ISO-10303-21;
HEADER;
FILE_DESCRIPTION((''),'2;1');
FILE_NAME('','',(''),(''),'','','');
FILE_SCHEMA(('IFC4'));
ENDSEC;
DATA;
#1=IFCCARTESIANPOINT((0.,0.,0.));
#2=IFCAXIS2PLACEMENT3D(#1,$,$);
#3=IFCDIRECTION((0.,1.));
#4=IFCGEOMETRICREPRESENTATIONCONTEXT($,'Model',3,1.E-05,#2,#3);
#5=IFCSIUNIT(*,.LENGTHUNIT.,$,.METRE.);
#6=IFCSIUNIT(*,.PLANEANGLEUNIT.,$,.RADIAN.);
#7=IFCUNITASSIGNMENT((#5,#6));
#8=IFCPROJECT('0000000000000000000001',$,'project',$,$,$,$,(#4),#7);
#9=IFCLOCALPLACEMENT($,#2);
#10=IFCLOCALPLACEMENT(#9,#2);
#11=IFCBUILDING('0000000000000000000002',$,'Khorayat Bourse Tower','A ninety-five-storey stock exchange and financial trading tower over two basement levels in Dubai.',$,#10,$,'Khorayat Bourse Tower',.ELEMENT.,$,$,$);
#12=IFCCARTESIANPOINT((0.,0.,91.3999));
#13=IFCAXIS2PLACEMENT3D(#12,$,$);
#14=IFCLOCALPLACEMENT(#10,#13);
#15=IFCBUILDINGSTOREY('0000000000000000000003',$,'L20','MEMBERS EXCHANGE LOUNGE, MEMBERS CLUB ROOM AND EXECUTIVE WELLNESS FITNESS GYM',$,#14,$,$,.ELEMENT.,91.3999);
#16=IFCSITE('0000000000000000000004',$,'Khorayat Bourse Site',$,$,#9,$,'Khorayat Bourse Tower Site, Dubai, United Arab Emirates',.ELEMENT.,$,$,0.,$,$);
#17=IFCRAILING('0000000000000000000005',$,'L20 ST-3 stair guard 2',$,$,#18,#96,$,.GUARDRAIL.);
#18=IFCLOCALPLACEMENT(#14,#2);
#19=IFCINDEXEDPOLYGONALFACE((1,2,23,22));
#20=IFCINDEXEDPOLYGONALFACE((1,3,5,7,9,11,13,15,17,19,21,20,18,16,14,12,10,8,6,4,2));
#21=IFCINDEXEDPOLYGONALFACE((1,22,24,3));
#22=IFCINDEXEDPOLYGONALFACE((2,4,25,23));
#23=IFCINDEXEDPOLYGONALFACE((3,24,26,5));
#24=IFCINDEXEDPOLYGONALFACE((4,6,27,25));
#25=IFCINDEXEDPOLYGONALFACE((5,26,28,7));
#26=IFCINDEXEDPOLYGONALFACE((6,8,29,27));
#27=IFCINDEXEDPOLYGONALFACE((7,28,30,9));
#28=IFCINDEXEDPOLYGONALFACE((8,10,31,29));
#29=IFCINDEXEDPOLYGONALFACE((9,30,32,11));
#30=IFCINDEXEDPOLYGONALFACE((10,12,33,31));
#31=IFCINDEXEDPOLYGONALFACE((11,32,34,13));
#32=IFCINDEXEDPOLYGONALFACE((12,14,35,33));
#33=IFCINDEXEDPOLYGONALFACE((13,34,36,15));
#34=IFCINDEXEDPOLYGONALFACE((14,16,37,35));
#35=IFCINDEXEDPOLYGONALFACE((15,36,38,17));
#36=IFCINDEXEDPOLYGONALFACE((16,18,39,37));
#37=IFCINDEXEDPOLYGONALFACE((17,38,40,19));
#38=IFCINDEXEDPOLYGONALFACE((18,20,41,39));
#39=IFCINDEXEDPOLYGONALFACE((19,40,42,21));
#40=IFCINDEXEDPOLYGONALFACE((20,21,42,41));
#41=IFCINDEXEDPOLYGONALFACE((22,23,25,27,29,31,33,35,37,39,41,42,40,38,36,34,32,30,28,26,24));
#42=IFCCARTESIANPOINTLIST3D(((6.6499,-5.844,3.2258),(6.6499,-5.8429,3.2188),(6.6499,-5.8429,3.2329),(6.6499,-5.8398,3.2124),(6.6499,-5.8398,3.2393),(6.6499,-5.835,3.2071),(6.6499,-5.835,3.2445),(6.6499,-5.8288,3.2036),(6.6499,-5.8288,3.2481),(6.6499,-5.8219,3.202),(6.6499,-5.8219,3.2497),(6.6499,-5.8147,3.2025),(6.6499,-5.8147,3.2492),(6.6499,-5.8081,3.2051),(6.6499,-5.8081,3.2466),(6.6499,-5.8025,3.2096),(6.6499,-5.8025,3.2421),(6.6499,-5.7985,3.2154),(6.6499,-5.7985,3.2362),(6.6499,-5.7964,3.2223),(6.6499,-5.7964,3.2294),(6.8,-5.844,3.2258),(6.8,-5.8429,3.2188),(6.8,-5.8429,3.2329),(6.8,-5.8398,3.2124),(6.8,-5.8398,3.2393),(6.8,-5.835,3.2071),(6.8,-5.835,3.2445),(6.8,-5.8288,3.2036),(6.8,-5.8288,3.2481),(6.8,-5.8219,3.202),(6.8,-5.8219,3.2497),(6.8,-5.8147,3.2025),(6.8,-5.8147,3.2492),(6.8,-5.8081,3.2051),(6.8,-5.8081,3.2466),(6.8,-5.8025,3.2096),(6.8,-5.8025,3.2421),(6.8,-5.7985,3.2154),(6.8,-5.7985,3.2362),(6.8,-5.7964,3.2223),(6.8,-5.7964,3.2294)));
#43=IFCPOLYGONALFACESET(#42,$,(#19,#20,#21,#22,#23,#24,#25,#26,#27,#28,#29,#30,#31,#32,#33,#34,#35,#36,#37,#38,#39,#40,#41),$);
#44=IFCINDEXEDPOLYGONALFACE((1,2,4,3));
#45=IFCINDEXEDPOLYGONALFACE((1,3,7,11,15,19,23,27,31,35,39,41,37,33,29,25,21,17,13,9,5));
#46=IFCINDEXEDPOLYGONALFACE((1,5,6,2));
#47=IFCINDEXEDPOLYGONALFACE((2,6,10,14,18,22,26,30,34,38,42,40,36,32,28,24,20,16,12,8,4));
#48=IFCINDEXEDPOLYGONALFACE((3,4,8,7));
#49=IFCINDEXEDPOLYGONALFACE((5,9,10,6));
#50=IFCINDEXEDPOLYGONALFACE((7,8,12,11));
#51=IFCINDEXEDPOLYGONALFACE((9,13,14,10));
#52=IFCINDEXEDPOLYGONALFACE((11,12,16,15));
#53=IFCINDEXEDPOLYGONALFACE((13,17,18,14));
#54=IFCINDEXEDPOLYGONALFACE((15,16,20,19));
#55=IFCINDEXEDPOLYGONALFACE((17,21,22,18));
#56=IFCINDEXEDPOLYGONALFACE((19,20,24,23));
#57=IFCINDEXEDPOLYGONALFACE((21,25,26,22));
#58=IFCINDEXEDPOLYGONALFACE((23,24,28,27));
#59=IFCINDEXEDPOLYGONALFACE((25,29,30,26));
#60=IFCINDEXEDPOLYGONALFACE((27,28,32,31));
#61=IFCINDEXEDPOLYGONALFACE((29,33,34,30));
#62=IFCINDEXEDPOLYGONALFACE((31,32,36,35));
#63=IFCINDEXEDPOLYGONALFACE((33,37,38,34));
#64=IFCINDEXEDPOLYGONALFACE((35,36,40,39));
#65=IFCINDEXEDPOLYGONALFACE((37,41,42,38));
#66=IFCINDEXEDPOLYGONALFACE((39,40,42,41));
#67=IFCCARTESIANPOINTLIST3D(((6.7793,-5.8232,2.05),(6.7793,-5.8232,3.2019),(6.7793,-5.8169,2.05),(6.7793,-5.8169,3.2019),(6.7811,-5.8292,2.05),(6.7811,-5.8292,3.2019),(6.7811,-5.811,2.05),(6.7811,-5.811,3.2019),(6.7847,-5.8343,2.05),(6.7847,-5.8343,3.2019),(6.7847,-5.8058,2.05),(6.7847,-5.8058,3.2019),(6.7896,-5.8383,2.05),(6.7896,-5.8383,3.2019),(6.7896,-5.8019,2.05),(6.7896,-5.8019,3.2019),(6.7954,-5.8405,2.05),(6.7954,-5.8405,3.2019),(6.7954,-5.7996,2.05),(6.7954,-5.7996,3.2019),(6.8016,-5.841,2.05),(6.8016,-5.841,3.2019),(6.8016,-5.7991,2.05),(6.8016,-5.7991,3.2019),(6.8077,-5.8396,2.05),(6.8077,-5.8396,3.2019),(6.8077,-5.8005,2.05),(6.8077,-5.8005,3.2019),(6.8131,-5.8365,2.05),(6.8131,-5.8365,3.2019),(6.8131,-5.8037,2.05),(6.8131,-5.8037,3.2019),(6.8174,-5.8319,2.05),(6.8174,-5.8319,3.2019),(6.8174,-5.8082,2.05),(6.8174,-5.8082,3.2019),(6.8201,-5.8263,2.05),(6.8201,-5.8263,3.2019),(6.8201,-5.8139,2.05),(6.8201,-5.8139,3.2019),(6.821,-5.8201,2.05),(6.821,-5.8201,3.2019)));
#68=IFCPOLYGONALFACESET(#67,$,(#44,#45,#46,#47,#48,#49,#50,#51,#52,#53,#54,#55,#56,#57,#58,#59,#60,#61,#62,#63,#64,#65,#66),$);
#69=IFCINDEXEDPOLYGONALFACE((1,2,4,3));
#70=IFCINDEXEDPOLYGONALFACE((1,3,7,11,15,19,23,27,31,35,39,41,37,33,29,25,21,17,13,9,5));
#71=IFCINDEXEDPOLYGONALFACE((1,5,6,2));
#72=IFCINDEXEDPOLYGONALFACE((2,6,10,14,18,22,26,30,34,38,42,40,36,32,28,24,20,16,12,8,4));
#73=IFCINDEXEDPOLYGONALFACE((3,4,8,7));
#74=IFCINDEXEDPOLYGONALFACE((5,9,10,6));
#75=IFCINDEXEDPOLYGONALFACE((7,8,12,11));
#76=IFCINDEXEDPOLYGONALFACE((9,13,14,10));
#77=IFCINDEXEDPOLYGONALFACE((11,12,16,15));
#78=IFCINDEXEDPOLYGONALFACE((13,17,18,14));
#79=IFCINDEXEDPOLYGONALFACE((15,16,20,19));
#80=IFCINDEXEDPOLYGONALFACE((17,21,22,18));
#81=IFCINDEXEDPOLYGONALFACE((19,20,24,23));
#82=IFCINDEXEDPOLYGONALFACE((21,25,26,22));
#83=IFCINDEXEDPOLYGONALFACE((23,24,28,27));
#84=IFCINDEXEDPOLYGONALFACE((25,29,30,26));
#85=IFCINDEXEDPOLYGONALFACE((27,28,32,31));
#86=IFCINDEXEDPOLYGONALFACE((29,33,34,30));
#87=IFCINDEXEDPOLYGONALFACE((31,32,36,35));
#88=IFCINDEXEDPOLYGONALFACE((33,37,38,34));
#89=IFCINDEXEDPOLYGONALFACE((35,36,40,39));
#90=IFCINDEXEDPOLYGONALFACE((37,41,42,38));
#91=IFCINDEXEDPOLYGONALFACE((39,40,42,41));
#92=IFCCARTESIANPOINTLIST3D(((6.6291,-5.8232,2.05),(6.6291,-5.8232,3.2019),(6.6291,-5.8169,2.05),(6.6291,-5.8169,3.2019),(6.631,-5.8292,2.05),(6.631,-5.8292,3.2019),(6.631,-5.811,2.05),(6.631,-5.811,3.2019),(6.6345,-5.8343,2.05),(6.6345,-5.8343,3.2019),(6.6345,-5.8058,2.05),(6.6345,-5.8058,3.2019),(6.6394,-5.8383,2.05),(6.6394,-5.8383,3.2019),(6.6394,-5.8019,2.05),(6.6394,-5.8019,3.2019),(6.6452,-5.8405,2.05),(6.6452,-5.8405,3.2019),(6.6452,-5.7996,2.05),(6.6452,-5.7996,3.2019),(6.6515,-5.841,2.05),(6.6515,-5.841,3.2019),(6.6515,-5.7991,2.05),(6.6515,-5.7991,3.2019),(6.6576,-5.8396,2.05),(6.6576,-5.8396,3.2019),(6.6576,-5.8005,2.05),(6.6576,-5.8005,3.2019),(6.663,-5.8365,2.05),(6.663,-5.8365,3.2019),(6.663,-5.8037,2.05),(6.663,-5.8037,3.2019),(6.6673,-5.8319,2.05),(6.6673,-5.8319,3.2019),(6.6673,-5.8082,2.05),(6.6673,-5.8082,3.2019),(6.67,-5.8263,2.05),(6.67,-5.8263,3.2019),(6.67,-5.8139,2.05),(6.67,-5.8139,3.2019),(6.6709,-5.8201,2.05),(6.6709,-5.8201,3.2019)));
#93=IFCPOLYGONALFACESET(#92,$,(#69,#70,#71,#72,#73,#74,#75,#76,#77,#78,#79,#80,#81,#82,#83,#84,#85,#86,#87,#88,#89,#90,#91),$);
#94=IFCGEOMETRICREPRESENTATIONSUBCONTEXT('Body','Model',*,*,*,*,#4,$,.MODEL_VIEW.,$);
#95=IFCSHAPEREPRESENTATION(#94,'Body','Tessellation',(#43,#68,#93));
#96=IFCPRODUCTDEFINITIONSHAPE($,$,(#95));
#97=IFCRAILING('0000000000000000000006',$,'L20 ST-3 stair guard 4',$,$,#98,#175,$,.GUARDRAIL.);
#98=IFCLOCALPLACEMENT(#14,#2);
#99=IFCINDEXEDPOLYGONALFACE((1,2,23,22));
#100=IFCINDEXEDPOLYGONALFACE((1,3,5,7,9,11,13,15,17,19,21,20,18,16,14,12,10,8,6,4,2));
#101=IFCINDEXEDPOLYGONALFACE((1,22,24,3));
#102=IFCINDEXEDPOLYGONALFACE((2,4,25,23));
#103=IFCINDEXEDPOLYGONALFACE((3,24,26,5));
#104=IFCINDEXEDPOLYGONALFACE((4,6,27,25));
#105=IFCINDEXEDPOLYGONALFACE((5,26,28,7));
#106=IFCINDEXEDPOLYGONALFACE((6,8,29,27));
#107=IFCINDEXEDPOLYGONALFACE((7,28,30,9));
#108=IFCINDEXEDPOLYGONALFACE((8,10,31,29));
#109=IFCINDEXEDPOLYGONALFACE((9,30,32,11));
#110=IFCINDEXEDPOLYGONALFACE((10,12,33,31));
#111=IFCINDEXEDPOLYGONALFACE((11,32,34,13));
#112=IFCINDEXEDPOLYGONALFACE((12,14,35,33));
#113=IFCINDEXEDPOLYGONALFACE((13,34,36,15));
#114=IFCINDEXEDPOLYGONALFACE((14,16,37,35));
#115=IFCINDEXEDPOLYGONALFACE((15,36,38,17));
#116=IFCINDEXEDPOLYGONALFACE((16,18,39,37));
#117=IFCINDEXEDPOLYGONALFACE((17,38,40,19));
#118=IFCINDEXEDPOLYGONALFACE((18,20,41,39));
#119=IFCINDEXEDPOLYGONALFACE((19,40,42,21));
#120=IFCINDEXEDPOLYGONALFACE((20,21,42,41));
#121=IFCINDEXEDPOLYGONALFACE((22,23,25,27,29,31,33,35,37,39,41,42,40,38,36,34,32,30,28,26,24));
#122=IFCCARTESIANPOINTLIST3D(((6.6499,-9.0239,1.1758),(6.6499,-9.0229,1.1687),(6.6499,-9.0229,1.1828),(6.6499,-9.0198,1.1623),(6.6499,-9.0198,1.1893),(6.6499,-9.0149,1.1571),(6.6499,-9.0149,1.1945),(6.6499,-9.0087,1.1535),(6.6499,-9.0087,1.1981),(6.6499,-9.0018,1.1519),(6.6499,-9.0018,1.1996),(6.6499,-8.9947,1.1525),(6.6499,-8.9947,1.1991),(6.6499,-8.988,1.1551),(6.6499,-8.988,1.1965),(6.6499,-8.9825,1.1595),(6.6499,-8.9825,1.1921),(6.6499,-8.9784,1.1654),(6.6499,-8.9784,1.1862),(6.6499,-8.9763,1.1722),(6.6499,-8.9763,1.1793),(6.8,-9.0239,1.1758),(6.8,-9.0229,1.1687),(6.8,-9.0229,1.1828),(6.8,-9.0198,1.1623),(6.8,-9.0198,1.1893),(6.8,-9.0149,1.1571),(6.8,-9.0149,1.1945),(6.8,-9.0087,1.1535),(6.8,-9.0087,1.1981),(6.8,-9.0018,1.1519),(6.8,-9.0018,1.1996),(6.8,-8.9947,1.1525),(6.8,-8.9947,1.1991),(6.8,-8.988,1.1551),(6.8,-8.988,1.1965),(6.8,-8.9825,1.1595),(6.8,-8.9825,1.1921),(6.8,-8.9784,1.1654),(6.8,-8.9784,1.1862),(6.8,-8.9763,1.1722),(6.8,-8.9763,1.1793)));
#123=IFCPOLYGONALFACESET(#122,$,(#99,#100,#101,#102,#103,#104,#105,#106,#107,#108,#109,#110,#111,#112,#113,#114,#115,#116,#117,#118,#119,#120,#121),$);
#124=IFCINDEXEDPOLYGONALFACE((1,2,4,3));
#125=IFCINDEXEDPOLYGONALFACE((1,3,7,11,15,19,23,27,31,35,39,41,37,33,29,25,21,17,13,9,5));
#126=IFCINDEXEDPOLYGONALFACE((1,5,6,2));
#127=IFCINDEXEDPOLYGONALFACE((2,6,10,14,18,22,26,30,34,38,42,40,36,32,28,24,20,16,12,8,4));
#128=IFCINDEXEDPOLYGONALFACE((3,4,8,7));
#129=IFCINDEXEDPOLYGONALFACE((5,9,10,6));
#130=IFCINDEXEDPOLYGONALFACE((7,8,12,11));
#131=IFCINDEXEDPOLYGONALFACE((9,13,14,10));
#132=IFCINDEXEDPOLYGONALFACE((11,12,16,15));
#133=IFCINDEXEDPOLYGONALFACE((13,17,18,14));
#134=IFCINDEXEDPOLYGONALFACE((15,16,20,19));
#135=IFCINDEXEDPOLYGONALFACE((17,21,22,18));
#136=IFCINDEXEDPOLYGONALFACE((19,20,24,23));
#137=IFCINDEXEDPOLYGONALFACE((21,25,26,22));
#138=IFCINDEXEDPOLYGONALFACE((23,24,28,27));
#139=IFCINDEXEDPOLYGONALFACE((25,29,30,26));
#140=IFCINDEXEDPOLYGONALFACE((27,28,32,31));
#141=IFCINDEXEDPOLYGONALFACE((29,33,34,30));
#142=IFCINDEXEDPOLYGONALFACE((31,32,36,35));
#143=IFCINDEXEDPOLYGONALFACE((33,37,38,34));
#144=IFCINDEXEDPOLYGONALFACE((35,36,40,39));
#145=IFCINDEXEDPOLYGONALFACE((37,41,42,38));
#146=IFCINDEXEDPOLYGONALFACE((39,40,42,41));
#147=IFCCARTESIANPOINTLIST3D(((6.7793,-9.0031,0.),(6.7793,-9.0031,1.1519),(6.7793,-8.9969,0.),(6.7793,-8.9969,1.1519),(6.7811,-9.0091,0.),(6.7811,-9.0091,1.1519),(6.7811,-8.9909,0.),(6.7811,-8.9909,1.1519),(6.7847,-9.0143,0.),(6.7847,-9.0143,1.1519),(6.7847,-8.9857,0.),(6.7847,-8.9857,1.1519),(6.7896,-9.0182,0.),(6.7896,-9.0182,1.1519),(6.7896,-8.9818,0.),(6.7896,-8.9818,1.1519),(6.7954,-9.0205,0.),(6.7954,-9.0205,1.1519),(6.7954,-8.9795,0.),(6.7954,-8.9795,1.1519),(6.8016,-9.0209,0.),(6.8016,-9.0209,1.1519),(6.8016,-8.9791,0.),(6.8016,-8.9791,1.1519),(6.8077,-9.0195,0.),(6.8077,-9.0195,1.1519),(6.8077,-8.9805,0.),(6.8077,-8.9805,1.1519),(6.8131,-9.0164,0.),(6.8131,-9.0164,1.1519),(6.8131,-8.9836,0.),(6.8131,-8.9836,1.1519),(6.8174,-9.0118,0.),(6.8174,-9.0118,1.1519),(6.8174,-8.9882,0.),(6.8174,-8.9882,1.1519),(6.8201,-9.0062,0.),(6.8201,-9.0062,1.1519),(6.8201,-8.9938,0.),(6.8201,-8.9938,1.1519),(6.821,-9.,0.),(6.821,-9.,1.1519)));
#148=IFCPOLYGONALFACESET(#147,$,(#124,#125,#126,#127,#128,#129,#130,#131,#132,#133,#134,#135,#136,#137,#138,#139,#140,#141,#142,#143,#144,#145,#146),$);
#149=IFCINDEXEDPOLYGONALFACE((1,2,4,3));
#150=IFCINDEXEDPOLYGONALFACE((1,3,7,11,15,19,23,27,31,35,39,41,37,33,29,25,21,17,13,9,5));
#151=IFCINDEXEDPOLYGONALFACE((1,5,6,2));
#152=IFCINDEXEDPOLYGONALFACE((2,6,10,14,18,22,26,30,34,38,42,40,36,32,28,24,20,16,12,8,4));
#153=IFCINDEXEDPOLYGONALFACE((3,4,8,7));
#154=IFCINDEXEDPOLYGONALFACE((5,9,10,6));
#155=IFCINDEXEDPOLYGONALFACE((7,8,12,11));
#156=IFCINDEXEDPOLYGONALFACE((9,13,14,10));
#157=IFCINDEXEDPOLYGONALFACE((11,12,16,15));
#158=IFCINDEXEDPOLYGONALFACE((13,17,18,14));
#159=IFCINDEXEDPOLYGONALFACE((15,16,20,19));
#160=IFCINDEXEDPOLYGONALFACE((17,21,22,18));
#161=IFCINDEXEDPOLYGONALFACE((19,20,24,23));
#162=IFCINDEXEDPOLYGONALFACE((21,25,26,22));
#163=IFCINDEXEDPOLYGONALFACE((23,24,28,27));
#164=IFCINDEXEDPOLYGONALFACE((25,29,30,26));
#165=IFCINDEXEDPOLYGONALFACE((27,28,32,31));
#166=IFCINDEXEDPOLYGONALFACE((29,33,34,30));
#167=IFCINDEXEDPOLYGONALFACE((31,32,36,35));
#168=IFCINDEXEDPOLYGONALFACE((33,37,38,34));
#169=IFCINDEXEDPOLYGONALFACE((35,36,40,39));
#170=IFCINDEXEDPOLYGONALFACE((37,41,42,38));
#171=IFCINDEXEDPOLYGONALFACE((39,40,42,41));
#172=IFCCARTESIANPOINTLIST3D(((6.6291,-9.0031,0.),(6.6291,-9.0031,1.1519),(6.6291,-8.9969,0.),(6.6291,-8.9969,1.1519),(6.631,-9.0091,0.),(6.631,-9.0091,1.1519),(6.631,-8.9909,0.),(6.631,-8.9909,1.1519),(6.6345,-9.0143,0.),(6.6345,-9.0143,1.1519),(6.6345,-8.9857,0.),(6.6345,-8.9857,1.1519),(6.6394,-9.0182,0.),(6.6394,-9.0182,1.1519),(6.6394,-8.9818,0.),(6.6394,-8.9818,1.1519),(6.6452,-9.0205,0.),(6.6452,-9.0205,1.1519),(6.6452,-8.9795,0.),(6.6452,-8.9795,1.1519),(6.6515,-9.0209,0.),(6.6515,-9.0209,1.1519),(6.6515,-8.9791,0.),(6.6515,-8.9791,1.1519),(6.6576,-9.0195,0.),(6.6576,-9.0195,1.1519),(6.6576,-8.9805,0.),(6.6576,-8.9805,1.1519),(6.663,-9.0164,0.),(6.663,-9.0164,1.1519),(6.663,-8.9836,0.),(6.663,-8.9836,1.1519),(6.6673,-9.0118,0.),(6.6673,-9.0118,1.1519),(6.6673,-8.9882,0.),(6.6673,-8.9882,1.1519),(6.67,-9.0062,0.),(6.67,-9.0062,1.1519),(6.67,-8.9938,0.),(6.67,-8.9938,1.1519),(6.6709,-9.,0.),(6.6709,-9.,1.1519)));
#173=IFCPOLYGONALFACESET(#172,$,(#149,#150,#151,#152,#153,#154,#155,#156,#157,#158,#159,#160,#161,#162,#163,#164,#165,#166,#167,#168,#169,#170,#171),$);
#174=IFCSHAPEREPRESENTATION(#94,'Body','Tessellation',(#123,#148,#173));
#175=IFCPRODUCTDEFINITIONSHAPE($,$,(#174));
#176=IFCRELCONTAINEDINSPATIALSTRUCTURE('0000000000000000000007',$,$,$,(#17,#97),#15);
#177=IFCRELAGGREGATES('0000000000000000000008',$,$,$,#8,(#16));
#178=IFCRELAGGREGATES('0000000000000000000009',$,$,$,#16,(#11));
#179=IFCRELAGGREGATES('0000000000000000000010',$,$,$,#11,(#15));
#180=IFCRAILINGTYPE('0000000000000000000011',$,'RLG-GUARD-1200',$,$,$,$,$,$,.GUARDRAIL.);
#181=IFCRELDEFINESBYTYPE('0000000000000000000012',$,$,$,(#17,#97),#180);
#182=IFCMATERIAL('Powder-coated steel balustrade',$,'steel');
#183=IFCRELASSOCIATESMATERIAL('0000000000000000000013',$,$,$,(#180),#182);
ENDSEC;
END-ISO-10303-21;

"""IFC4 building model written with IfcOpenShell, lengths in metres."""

from ifc_helpers import new_model, si_unit, direction, frame, origin, origin_2d, place, context, subcontext, project, spatial, circle, extrude, source, transform, mapped, material, type_object, element, save


model = new_model("IFC4")

# Units and contexts
model_context = context("Model", 3, precision=1e-05, world=origin(), true_north=direction((0.0, 1.0)))
body_context = subcontext(model_context, "Body", "Model", "MODEL_VIEW")
ifc_project = project(units=[si_unit("LENGTHUNIT", "METRE"), si_unit("PLANEANGLEUNIT", "RADIAN")], contexts=[model_context])

# Site, building, storey
site_placement = place(None, origin())
site = spatial("IfcSite", under=ifc_project, at=site_placement, Name="Khorayat Bourse Site", LongName="Khorayat Bourse Tower Site, Dubai, United Arab Emirates", CompositionType="ELEMENT", RefElevation=0.0)
building_placement = place(site_placement, origin())
building = spatial("IfcBuilding", under=site, at=building_placement, Name="Khorayat Bourse Tower", Description="A ninety-five-storey stock exchange and financial trading tower over two basement levels in Dubai.", LongName="Khorayat Bourse Tower", CompositionType="ELEMENT")
storey_placement = place(building_placement, frame((0.0, 0.0, 91.3999)))
storey = spatial("IfcBuildingStorey", under=building, at=storey_placement, Name="L20", Description="MEMBERS EXCHANGE LOUNGE, MEMBERS CLUB ROOM AND EXECUTIVE WELLNESS FITNESS GYM", CompositionType="ELEMENT", Elevation=91.3999)

# Railings
ifc_material_1 = material(Name="Powder-coated steel balustrade", Category="steel")
railing_type_1 = type_object("IfcRailingType", Name="RLG-GUARD-1200", PredefinedType="GUARDRAIL", material=ifc_material_1)
shared_shape_1 = source(origin(), body_context, "Body", "SweptSolid", [
    extrude(circle(Radius=0.0239, at=origin_2d()), frame((0.0, 0.0, 1.1758), z_axis=(-1.0, 0.0, 0.0), x_axis=(0.0, -1.0, 0.0)), (0.0, 0.0, 1.0), 0.1501),
    extrude(circle(Radius=0.021, at=origin_2d()), origin(), (0.0, 0.0, 1.0), 1.1519),
    extrude(circle(Radius=0.021, at=origin_2d()), frame((-0.1501, 0.0, 0.0)), (0.0, 0.0, 1.0), 1.1519),
])
for number, where, name in (
    (1, (6.8, -5.8201, 2.05), "L20 ST-3 stair guard 2"),
    (2, (6.8, -9.0, 0.0), "L20 ST-3 stair guard 4"),
):
    element("IfcRailing", number, at=place(storey_placement, frame(where)), inside=storey, type_object=railing_type_1, Name=name, PredefinedType="GUARDRAIL", context=body_context, shape_type="MappedRepresentation", body=[
        mapped(shared_shape_1, transform((0.0, 0.0, 0.0), scale=1.0)),
    ])

save(model, "model.ifc")
